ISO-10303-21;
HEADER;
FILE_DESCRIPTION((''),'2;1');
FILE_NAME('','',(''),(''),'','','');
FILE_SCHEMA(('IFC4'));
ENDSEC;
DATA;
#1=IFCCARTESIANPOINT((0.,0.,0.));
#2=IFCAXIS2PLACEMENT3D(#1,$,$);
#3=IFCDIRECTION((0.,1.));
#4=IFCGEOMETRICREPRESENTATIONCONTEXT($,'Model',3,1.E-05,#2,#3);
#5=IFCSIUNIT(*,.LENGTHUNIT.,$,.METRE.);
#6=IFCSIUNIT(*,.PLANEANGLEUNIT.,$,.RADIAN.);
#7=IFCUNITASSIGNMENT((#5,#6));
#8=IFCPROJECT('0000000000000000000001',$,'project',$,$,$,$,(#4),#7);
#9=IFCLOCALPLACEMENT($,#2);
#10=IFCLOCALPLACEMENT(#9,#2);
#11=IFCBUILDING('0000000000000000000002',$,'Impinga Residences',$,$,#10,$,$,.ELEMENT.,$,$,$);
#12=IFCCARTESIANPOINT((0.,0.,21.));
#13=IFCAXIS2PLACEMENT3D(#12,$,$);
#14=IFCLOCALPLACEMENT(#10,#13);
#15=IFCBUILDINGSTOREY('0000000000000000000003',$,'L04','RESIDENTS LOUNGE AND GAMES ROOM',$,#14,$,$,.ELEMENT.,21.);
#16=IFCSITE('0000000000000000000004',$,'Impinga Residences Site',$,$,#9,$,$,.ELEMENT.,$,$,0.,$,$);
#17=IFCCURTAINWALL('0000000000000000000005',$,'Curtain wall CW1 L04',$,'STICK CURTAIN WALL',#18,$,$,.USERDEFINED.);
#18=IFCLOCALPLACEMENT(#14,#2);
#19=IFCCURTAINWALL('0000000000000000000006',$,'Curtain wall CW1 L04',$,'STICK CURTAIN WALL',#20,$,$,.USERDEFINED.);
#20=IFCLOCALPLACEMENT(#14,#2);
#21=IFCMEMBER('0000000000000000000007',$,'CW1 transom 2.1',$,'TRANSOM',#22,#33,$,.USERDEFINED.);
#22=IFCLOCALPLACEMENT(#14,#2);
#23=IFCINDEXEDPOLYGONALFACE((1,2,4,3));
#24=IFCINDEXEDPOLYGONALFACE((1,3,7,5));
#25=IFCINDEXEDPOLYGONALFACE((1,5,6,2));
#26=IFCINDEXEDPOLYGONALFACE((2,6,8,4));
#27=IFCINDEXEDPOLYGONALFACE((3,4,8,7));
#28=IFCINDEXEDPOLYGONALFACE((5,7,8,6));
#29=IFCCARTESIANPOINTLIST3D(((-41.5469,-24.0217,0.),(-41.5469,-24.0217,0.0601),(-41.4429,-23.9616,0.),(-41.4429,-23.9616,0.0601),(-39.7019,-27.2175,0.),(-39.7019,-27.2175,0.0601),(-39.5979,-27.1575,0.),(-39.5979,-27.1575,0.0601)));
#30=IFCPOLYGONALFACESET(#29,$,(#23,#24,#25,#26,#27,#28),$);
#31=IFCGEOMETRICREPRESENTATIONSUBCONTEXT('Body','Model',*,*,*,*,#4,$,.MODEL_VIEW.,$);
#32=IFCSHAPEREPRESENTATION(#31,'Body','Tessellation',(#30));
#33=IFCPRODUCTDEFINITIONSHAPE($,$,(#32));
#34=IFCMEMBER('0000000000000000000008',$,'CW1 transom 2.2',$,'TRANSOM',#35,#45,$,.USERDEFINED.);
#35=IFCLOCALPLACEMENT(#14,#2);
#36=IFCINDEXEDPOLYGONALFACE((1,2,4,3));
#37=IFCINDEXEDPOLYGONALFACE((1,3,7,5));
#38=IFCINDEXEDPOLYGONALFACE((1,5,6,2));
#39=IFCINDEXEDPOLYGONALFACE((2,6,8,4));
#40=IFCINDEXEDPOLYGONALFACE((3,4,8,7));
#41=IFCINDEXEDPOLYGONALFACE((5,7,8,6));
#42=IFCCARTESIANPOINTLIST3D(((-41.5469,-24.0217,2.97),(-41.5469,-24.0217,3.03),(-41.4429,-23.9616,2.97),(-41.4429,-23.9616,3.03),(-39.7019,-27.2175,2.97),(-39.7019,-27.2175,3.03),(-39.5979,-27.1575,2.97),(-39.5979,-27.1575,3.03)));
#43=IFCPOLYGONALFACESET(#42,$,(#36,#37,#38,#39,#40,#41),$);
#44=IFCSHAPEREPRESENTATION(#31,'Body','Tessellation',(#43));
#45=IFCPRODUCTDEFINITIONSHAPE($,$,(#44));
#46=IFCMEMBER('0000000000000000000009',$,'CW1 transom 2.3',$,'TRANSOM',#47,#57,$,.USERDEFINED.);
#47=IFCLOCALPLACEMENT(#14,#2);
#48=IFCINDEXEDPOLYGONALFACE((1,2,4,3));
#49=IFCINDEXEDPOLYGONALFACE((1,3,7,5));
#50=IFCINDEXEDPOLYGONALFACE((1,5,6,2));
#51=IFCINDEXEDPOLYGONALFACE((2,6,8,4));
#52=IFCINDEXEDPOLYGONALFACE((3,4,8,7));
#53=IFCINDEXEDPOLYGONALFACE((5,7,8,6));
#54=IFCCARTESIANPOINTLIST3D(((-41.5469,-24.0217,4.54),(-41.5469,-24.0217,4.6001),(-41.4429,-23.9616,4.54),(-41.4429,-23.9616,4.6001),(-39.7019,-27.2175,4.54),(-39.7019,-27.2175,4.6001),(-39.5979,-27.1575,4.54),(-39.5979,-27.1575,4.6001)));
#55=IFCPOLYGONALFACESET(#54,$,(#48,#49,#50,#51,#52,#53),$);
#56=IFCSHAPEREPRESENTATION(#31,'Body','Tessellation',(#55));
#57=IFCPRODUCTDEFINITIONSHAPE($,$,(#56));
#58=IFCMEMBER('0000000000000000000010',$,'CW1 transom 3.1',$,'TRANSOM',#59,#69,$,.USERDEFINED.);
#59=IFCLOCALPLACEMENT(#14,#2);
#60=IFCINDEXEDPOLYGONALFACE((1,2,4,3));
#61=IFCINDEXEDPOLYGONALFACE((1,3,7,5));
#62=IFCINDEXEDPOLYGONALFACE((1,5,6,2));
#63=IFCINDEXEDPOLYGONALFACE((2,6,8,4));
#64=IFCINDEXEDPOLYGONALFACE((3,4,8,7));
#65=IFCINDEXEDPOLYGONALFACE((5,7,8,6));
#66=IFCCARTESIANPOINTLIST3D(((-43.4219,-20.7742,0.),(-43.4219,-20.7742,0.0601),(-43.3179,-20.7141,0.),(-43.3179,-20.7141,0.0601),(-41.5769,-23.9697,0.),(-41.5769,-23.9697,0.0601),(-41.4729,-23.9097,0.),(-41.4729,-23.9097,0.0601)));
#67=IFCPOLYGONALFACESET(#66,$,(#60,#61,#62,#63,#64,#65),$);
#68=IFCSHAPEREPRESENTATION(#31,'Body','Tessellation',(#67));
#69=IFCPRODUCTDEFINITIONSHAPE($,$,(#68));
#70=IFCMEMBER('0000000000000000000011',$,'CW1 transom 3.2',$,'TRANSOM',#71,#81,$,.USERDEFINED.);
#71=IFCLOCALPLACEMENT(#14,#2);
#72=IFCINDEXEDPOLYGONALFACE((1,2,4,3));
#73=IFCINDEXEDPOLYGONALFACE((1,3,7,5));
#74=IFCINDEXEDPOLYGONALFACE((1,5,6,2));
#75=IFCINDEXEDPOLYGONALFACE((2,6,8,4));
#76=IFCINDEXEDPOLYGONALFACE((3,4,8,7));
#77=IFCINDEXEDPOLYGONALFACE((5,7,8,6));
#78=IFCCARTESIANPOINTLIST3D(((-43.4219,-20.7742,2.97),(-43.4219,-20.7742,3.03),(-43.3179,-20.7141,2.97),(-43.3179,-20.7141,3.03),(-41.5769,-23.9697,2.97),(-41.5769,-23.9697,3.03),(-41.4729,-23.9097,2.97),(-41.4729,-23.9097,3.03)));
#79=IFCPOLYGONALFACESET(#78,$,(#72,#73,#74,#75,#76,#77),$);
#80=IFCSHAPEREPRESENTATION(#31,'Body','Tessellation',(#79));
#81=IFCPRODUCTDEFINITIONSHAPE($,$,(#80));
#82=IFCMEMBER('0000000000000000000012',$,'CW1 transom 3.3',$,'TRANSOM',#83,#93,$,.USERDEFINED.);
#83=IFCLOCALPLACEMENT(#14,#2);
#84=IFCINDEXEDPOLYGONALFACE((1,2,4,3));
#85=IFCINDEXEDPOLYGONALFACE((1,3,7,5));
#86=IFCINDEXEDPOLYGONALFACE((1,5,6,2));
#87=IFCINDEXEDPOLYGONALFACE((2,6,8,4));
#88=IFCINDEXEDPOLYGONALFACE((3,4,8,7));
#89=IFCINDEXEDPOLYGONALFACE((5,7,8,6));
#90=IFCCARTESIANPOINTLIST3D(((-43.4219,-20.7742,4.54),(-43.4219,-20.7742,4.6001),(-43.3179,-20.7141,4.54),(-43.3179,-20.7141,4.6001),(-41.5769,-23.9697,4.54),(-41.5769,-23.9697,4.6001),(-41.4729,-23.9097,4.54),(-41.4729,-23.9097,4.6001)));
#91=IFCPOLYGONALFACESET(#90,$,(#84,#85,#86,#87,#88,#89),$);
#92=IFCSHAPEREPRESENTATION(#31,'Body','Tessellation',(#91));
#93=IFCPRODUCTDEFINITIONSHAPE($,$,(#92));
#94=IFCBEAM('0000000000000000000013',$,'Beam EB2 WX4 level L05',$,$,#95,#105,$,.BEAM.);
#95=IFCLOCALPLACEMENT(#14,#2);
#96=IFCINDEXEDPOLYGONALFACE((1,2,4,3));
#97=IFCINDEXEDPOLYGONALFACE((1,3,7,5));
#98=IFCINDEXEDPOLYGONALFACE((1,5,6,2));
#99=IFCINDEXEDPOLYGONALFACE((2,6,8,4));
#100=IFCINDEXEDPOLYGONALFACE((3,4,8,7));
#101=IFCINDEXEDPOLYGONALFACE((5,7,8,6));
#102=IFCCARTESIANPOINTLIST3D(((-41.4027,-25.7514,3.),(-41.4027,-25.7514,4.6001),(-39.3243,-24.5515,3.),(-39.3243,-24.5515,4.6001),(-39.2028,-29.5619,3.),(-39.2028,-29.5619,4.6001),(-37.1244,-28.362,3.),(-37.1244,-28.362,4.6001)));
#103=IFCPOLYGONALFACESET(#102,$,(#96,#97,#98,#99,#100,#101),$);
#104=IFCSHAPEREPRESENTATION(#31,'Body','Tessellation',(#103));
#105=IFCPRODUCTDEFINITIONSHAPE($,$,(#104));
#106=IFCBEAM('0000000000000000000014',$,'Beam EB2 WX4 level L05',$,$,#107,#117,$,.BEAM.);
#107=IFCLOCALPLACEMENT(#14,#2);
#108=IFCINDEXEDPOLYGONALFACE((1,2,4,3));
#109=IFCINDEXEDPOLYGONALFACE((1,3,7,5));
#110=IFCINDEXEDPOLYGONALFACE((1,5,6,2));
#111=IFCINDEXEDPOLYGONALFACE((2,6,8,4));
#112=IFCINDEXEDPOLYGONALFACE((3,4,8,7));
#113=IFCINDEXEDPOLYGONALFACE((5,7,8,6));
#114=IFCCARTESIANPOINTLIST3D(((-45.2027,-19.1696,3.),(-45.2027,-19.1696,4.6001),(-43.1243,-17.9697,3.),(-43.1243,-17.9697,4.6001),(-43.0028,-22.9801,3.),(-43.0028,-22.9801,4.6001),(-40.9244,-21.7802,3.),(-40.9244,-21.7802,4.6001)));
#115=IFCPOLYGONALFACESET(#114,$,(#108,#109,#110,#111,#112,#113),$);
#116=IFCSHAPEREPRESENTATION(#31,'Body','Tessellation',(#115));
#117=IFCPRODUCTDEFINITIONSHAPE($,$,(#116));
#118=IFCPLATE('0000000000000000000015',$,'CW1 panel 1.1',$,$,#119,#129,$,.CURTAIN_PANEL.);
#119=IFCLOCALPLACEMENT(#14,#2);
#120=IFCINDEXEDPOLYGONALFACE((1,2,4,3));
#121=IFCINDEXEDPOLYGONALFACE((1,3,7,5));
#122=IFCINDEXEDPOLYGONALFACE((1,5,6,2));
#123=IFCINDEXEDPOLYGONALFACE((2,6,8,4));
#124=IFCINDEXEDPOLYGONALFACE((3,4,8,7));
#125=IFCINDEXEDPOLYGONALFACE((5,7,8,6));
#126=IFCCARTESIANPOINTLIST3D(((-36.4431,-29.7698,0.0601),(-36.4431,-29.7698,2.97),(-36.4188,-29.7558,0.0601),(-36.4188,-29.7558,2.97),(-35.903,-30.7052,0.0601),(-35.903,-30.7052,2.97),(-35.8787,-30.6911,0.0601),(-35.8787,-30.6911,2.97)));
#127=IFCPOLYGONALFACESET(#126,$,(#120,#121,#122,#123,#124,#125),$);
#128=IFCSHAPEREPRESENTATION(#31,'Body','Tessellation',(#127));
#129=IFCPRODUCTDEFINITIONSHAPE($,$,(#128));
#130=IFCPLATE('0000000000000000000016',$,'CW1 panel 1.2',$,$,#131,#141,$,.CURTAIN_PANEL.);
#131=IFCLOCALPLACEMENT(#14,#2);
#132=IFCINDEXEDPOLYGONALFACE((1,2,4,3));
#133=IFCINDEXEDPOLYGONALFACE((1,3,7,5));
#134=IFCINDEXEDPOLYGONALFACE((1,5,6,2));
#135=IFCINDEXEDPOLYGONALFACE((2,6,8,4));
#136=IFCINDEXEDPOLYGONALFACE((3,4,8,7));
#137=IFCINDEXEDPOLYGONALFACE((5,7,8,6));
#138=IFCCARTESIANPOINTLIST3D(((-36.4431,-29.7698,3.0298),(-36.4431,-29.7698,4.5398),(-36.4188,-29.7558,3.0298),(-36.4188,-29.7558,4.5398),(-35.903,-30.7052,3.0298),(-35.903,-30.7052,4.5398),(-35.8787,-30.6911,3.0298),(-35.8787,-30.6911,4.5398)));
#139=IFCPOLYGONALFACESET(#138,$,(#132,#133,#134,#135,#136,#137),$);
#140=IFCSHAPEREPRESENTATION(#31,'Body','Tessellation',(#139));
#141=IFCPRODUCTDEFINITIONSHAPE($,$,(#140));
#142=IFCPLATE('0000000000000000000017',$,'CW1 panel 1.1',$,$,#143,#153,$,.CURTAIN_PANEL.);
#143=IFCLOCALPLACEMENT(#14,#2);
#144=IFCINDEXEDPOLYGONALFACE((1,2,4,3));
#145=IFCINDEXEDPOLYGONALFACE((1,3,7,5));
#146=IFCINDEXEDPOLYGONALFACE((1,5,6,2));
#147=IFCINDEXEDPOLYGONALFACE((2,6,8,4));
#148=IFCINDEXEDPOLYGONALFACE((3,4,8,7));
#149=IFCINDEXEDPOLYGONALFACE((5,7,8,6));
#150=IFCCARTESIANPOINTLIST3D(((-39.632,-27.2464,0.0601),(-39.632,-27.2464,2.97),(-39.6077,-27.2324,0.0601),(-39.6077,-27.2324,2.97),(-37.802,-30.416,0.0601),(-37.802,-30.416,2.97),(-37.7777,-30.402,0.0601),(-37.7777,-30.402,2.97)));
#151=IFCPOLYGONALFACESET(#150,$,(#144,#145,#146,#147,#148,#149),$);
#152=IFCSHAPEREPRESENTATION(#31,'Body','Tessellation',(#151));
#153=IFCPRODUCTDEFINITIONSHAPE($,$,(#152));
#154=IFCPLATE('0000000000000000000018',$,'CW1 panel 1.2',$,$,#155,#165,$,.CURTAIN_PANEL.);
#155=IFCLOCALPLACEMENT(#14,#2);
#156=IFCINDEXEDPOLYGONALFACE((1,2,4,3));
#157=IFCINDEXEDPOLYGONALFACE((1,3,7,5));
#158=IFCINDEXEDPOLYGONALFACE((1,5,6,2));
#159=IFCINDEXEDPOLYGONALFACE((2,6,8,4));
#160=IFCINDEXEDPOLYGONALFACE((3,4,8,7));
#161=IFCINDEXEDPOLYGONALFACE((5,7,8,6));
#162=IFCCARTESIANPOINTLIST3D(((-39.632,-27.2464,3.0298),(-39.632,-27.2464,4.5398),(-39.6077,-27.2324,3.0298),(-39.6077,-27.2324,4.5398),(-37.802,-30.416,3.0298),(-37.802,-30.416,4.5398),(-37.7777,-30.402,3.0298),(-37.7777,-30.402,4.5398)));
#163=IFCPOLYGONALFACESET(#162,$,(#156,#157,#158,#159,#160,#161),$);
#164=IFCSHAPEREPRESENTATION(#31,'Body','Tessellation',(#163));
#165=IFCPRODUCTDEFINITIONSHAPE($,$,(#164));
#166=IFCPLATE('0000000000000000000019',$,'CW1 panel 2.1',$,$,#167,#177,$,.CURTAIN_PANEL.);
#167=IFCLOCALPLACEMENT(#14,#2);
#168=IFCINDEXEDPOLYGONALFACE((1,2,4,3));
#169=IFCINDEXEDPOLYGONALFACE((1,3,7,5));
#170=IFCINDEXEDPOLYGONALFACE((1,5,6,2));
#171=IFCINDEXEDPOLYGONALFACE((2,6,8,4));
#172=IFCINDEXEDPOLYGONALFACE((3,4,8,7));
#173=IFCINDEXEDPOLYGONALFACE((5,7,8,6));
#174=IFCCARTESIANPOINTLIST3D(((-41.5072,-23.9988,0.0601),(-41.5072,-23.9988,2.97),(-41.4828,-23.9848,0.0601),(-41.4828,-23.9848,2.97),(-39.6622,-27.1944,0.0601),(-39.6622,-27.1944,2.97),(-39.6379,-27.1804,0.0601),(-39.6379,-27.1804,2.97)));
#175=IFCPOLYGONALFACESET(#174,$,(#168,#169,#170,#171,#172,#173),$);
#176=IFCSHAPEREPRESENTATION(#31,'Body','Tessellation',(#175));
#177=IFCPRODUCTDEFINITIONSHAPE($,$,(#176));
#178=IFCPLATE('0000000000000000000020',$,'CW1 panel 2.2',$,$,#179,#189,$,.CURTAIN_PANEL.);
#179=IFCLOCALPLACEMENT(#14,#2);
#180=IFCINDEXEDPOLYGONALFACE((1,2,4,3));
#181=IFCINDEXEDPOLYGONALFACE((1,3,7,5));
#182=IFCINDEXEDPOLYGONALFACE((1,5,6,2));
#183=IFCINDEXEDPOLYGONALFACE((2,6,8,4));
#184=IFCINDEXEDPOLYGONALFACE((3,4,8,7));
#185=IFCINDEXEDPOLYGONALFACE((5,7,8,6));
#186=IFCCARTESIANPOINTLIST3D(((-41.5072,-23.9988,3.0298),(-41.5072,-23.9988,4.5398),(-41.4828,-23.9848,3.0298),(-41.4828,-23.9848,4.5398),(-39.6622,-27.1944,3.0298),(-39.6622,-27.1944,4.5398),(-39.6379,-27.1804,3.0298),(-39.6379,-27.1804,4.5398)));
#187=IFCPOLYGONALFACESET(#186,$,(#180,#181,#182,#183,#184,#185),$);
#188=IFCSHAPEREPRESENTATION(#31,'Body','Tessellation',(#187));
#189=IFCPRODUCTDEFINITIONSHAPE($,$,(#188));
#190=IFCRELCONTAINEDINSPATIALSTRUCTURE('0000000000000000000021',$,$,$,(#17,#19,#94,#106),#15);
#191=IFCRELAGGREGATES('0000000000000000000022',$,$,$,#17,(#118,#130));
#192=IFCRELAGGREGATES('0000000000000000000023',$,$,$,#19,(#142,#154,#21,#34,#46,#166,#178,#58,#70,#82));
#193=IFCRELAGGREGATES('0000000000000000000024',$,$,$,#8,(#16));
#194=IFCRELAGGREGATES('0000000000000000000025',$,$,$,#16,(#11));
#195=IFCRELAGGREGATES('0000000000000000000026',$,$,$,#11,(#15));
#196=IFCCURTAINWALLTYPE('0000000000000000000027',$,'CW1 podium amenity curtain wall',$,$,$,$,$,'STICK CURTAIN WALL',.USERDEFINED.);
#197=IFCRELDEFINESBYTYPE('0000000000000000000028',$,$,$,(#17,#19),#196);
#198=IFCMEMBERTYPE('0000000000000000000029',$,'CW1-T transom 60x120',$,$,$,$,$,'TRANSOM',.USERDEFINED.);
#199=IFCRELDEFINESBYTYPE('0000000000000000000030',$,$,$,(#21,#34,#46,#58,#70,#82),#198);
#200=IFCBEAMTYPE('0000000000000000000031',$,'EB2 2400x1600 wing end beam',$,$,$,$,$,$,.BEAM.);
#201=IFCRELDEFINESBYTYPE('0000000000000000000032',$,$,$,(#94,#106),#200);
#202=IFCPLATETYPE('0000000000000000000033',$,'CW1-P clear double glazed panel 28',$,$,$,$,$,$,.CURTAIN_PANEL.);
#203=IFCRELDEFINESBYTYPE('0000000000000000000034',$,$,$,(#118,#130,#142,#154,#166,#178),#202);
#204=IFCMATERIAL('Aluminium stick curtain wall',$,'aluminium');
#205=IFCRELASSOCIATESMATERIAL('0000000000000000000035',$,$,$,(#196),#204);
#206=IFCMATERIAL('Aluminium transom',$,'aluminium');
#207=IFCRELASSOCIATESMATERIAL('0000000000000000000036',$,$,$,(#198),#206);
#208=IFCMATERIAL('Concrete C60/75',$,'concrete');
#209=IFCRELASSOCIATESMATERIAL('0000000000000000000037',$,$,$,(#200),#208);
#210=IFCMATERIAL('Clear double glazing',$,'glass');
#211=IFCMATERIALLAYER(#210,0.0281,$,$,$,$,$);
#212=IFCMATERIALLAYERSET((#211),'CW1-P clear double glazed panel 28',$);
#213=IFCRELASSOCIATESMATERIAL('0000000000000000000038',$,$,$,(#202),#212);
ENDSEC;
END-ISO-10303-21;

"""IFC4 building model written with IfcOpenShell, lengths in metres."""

from ifc_helpers import new_model, si_unit, direction, frame, origin, origin_2d, place, context, subcontext, project, spatial, rectangle, extrude, material, layer, layer_set, material_profile, profile_set, type_object, element, aggregate, save


model = new_model("IFC4")

# Units and contexts
model_context = context("Model", 3, precision=1e-05, world=origin(), true_north=direction((0.0, 1.0)))
body_context = subcontext(model_context, "Body", "Model", "MODEL_VIEW")
ifc_project = project(units=[si_unit("LENGTHUNIT", "METRE"), si_unit("PLANEANGLEUNIT", "RADIAN")], contexts=[model_context])

# Site, building, storey
site_placement = place(None, origin())
site = spatial("IfcSite", under=ifc_project, at=site_placement, Name="Impinga Residences Site", CompositionType="ELEMENT", RefElevation=0.0)
building_placement = place(site_placement, origin())
building = spatial("IfcBuilding", under=site, at=building_placement, Name="Impinga Residences", CompositionType="ELEMENT")
storey_placement = place(building_placement, frame((0.0, 0.0, 21.0)))
storey = spatial("IfcBuildingStorey", under=building, at=storey_placement, Name="L04", Description="RESIDENTS LOUNGE AND GAMES ROOM", CompositionType="ELEMENT", Elevation=21.0)

# Shared definitions
ifc_material_1 = material(Name="Concrete C60/75", Category="concrete")

# Curtain walls
ifc_material_2 = material(Name="Aluminium stick curtain wall", Category="aluminium")
curtain_wall_type = type_object("IfcCurtainWallType", Name="CW1 podium amenity curtain wall", ElementType="STICK CURTAIN WALL", PredefinedType="USERDEFINED", material=ifc_material_2)
curtain_wall_1_placement = place(storey_placement, origin())
curtain_wall_1 = element("IfcCurtainWall", 1, at=curtain_wall_1_placement, inside=storey, type_object=curtain_wall_type, Name="Curtain wall CW1 L04", ObjectType="STICK CURTAIN WALL", PredefinedType="USERDEFINED")
curtain_wall_2_placement = place(storey_placement, origin())
curtain_wall_2 = element("IfcCurtainWall", 2, at=curtain_wall_2_placement, inside=storey, type_object=curtain_wall_type, Name="Curtain wall CW1 L04", ObjectType="STICK CURTAIN WALL", PredefinedType="USERDEFINED")

# Members
ifc_material_3 = material(Name="Aluminium transom", Category="aluminium")
ifc_material_profile_1 = material_profile(ifc_material_3, rectangle(XDim=0.0601, YDim=0.1201, at=origin_2d()), Name="60x120 transom")
ifc_profile_set_1 = profile_set([ifc_material_profile_1], Name="Aluminium transom")
member_type_1 = type_object("IfcMemberType", Name="CW1-T transom 60x120", ElementType="TRANSOM", PredefinedType="USERDEFINED", material=ifc_profile_set_1)
member_1_placement = place(storey_placement, frame((-39.6499, -27.1875, 0.03), z_axis=(-0.499974, 0.86604, 0.0), x_axis=(0.0, 0.0, 1.0)))
member_1 = element("IfcMember", 3, at=member_1_placement, type_object=member_type_1, Name="CW1 transom 2.1", ObjectType="TRANSOM", PredefinedType="USERDEFINED", context=body_context, shape_type="SweptSolid", body=[
    extrude(rectangle(XDim=0.0601, YDim=0.1201, at=origin_2d()), origin(), (0.0, 0.0, 1.0), 3.6902),
])
member_2_placement = place(storey_placement, frame((-39.6499, -27.1875, 3.0), z_axis=(-0.499974, 0.86604, 0.0), x_axis=(0.0, 0.0, 1.0)))
member_2 = element("IfcMember", 4, at=member_2_placement, type_object=member_type_1, Name="CW1 transom 2.2", ObjectType="TRANSOM", PredefinedType="USERDEFINED", context=body_context, shape_type="SweptSolid", body=[
    extrude(rectangle(XDim=0.0601, YDim=0.1201, at=origin_2d()), origin(), (0.0, 0.0, 1.0), 3.6902),
])
member_3_placement = place(storey_placement, frame((-39.6499, -27.1875, 4.5701), z_axis=(-0.499974, 0.86604, 0.0), x_axis=(0.0, 0.0, 1.0)))
member_3 = element("IfcMember", 5, at=member_3_placement, type_object=member_type_1, Name="CW1 transom 2.3", ObjectType="TRANSOM", PredefinedType="USERDEFINED", context=body_context, shape_type="SweptSolid", body=[
    extrude(rectangle(XDim=0.0601, YDim=0.1201, at=origin_2d()), origin(), (0.0, 0.0, 1.0), 3.6902),
])
member_4_placement = place(storey_placement, frame((-41.5249, -23.9397, 0.03), z_axis=(-0.500003, 0.866024, 0.0), x_axis=(0.0, 0.0, 1.0)))
member_4 = element("IfcMember", 6, at=member_4_placement, type_object=member_type_1, Name="CW1 transom 3.1", ObjectType="TRANSOM", PredefinedType="USERDEFINED", context=body_context, shape_type="SweptSolid", body=[
    extrude(rectangle(XDim=0.0601, YDim=0.1201, at=origin_2d()), origin(), (0.0, 0.0, 1.0), 3.6899),
])
member_5_placement = place(storey_placement, frame((-41.5249, -23.9397, 3.0), z_axis=(-0.500003, 0.866024, 0.0), x_axis=(0.0, 0.0, 1.0)))
member_5 = element("IfcMember", 7, at=member_5_placement, type_object=member_type_1, Name="CW1 transom 3.2", ObjectType="TRANSOM", PredefinedType="USERDEFINED", context=body_context, shape_type="SweptSolid", body=[
    extrude(rectangle(XDim=0.0601, YDim=0.1201, at=origin_2d()), origin(), (0.0, 0.0, 1.0), 3.6899),
])
member_6_placement = place(storey_placement, frame((-41.5249, -23.9397, 4.5701), z_axis=(-0.500003, 0.866024, 0.0), x_axis=(0.0, 0.0, 1.0)))
member_6 = element("IfcMember", 8, at=member_6_placement, type_object=member_type_1, Name="CW1 transom 3.3", ObjectType="TRANSOM", PredefinedType="USERDEFINED", context=body_context, shape_type="SweptSolid", body=[
    extrude(rectangle(XDim=0.0601, YDim=0.1201, at=origin_2d()), origin(), (0.0, 0.0, 1.0), 3.6899),
])

# Beams
ifc_material_profile_2 = material_profile(ifc_material_1, rectangle(XDim=2.3999, YDim=1.6001, at=origin_2d()), Name="RC 2400x1600")
ifc_profile_set_2 = profile_set([ifc_material_profile_2], Name="Concrete C60/75")
beam_type_1 = type_object("IfcBeamType", Name="EB2 2400x1600 wing end beam", PredefinedType="BEAM", material=ifc_profile_set_2)
for number, where, z_axis, x_axis, name in (
    (9, (-38.1636, -28.9619, 3.8), (-0.499988, 0.866032, 0.0), (-0.866032, -0.499988, 0.0), "Beam EB2 WX4 level L05"),
    (10, (-41.9636, -22.3801, 3.8), (-0.499988, 0.866032, 0.0), (-0.866032, -0.499988, 0.0), "Beam EB2 WX4 level L05"),
):
    element("IfcBeam", number, at=place(storey_placement, frame(where, z_axis=z_axis, x_axis=x_axis)), inside=storey, type_object=beam_type_1, Name=name, PredefinedType="BEAM", context=body_context, shape_type="SweptSolid", body=[
        extrude(rectangle(XDim=2.3999, YDim=1.6001, at=origin_2d()), origin(), (0.0, 0.0, 1.0), 4.3999),
    ])

# Plates
ifc_material_4 = material(Name="Clear double glazing", Category="glass")
ifc_layer_1 = layer(ifc_material_4, 0.0281)
ifc_layer_set_1 = layer_set([ifc_layer_1], Name="CW1-P clear double glazed panel 28")
plate_type = type_object("IfcPlateType", Name="CW1-P clear double glazed panel 28", PredefinedType="CURTAIN_PANEL", material=ifc_layer_set_1)
plate_1_placement = place(storey_placement, frame((-36.1609, -30.2305, 0.0601), z_axis=(0.0, 0.0, 1.0), x_axis=(-0.5, 0.866026, 0.0)))
plate_1 = element("IfcPlate", 11, at=plate_1_placement, type_object=plate_type, Name="CW1 panel 1.1", PredefinedType="CURTAIN_PANEL", context=body_context, shape_type="SweptSolid", body=[
    extrude(rectangle(XDim=1.0801, YDim=0.0281, at=origin_2d()), origin(), (0.0, 0.0, 1.0), 2.9099),
])
plate_2_placement = place(storey_placement, frame((-36.1609, -30.2305, 3.0298), z_axis=(0.0, 0.0, 1.0), x_axis=(-0.5, 0.866026, 0.0)))
plate_2 = element("IfcPlate", 12, at=plate_2_placement, type_object=plate_type, Name="CW1 panel 1.2", PredefinedType="CURTAIN_PANEL", context=body_context, shape_type="SweptSolid", body=[
    extrude(rectangle(XDim=1.0801, YDim=0.0281, at=origin_2d()), origin(), (0.0, 0.0, 1.0), 1.51),
])
aggregate(curtain_wall_1, [plate_1, plate_2])
plate_3_placement = place(storey_placement, frame((-38.7048, -28.8242, 0.0601), z_axis=(0.0, 0.0, 1.0), x_axis=(-0.5, 0.866025, 0.0)))
plate_3 = element("IfcPlate", 13, at=plate_3_placement, type_object=plate_type, Name="CW1 panel 1.1", PredefinedType="CURTAIN_PANEL", context=body_context, shape_type="SweptSolid", body=[
    extrude(rectangle(XDim=3.6599, YDim=0.0281, at=origin_2d()), origin(), (0.0, 0.0, 1.0), 2.9099),
])
plate_4_placement = place(storey_placement, frame((-38.7048, -28.8242, 3.0298), z_axis=(0.0, 0.0, 1.0), x_axis=(-0.5, 0.866025, 0.0)))
plate_4 = element("IfcPlate", 14, at=plate_4_placement, type_object=plate_type, Name="CW1 panel 1.2", PredefinedType="CURTAIN_PANEL", context=body_context, shape_type="SweptSolid", body=[
    extrude(rectangle(XDim=3.6599, YDim=0.0281, at=origin_2d()), origin(), (0.0, 0.0, 1.0), 1.51),
])
plate_5_placement = place(storey_placement, frame((-40.5725, -25.5896, 0.0601), z_axis=(0.0, 0.0, 1.0), x_axis=(-0.5, 0.866025, 0.0)))
plate_5 = element("IfcPlate", 15, at=plate_5_placement, type_object=plate_type, Name="CW1 panel 2.1", PredefinedType="CURTAIN_PANEL", context=body_context, shape_type="SweptSolid", body=[
    extrude(rectangle(XDim=3.6899, YDim=0.0281, at=origin_2d()), origin(), (0.0, 0.0, 1.0), 2.9099),
])
plate_6_placement = place(storey_placement, frame((-40.5725, -25.5896, 3.0298), z_axis=(0.0, 0.0, 1.0), x_axis=(-0.5, 0.866025, 0.0)))
plate_6 = element("IfcPlate", 16, at=plate_6_placement, type_object=plate_type, Name="CW1 panel 2.2", PredefinedType="CURTAIN_PANEL", context=body_context, shape_type="SweptSolid", body=[
    extrude(rectangle(XDim=3.6899, YDim=0.0281, at=origin_2d()), origin(), (0.0, 0.0, 1.0), 1.51),
])
aggregate(curtain_wall_2, [plate_3, plate_4, member_1, member_2, member_3, plate_5, plate_6, member_4, member_5, member_6])

save(model, "model.ifc")
